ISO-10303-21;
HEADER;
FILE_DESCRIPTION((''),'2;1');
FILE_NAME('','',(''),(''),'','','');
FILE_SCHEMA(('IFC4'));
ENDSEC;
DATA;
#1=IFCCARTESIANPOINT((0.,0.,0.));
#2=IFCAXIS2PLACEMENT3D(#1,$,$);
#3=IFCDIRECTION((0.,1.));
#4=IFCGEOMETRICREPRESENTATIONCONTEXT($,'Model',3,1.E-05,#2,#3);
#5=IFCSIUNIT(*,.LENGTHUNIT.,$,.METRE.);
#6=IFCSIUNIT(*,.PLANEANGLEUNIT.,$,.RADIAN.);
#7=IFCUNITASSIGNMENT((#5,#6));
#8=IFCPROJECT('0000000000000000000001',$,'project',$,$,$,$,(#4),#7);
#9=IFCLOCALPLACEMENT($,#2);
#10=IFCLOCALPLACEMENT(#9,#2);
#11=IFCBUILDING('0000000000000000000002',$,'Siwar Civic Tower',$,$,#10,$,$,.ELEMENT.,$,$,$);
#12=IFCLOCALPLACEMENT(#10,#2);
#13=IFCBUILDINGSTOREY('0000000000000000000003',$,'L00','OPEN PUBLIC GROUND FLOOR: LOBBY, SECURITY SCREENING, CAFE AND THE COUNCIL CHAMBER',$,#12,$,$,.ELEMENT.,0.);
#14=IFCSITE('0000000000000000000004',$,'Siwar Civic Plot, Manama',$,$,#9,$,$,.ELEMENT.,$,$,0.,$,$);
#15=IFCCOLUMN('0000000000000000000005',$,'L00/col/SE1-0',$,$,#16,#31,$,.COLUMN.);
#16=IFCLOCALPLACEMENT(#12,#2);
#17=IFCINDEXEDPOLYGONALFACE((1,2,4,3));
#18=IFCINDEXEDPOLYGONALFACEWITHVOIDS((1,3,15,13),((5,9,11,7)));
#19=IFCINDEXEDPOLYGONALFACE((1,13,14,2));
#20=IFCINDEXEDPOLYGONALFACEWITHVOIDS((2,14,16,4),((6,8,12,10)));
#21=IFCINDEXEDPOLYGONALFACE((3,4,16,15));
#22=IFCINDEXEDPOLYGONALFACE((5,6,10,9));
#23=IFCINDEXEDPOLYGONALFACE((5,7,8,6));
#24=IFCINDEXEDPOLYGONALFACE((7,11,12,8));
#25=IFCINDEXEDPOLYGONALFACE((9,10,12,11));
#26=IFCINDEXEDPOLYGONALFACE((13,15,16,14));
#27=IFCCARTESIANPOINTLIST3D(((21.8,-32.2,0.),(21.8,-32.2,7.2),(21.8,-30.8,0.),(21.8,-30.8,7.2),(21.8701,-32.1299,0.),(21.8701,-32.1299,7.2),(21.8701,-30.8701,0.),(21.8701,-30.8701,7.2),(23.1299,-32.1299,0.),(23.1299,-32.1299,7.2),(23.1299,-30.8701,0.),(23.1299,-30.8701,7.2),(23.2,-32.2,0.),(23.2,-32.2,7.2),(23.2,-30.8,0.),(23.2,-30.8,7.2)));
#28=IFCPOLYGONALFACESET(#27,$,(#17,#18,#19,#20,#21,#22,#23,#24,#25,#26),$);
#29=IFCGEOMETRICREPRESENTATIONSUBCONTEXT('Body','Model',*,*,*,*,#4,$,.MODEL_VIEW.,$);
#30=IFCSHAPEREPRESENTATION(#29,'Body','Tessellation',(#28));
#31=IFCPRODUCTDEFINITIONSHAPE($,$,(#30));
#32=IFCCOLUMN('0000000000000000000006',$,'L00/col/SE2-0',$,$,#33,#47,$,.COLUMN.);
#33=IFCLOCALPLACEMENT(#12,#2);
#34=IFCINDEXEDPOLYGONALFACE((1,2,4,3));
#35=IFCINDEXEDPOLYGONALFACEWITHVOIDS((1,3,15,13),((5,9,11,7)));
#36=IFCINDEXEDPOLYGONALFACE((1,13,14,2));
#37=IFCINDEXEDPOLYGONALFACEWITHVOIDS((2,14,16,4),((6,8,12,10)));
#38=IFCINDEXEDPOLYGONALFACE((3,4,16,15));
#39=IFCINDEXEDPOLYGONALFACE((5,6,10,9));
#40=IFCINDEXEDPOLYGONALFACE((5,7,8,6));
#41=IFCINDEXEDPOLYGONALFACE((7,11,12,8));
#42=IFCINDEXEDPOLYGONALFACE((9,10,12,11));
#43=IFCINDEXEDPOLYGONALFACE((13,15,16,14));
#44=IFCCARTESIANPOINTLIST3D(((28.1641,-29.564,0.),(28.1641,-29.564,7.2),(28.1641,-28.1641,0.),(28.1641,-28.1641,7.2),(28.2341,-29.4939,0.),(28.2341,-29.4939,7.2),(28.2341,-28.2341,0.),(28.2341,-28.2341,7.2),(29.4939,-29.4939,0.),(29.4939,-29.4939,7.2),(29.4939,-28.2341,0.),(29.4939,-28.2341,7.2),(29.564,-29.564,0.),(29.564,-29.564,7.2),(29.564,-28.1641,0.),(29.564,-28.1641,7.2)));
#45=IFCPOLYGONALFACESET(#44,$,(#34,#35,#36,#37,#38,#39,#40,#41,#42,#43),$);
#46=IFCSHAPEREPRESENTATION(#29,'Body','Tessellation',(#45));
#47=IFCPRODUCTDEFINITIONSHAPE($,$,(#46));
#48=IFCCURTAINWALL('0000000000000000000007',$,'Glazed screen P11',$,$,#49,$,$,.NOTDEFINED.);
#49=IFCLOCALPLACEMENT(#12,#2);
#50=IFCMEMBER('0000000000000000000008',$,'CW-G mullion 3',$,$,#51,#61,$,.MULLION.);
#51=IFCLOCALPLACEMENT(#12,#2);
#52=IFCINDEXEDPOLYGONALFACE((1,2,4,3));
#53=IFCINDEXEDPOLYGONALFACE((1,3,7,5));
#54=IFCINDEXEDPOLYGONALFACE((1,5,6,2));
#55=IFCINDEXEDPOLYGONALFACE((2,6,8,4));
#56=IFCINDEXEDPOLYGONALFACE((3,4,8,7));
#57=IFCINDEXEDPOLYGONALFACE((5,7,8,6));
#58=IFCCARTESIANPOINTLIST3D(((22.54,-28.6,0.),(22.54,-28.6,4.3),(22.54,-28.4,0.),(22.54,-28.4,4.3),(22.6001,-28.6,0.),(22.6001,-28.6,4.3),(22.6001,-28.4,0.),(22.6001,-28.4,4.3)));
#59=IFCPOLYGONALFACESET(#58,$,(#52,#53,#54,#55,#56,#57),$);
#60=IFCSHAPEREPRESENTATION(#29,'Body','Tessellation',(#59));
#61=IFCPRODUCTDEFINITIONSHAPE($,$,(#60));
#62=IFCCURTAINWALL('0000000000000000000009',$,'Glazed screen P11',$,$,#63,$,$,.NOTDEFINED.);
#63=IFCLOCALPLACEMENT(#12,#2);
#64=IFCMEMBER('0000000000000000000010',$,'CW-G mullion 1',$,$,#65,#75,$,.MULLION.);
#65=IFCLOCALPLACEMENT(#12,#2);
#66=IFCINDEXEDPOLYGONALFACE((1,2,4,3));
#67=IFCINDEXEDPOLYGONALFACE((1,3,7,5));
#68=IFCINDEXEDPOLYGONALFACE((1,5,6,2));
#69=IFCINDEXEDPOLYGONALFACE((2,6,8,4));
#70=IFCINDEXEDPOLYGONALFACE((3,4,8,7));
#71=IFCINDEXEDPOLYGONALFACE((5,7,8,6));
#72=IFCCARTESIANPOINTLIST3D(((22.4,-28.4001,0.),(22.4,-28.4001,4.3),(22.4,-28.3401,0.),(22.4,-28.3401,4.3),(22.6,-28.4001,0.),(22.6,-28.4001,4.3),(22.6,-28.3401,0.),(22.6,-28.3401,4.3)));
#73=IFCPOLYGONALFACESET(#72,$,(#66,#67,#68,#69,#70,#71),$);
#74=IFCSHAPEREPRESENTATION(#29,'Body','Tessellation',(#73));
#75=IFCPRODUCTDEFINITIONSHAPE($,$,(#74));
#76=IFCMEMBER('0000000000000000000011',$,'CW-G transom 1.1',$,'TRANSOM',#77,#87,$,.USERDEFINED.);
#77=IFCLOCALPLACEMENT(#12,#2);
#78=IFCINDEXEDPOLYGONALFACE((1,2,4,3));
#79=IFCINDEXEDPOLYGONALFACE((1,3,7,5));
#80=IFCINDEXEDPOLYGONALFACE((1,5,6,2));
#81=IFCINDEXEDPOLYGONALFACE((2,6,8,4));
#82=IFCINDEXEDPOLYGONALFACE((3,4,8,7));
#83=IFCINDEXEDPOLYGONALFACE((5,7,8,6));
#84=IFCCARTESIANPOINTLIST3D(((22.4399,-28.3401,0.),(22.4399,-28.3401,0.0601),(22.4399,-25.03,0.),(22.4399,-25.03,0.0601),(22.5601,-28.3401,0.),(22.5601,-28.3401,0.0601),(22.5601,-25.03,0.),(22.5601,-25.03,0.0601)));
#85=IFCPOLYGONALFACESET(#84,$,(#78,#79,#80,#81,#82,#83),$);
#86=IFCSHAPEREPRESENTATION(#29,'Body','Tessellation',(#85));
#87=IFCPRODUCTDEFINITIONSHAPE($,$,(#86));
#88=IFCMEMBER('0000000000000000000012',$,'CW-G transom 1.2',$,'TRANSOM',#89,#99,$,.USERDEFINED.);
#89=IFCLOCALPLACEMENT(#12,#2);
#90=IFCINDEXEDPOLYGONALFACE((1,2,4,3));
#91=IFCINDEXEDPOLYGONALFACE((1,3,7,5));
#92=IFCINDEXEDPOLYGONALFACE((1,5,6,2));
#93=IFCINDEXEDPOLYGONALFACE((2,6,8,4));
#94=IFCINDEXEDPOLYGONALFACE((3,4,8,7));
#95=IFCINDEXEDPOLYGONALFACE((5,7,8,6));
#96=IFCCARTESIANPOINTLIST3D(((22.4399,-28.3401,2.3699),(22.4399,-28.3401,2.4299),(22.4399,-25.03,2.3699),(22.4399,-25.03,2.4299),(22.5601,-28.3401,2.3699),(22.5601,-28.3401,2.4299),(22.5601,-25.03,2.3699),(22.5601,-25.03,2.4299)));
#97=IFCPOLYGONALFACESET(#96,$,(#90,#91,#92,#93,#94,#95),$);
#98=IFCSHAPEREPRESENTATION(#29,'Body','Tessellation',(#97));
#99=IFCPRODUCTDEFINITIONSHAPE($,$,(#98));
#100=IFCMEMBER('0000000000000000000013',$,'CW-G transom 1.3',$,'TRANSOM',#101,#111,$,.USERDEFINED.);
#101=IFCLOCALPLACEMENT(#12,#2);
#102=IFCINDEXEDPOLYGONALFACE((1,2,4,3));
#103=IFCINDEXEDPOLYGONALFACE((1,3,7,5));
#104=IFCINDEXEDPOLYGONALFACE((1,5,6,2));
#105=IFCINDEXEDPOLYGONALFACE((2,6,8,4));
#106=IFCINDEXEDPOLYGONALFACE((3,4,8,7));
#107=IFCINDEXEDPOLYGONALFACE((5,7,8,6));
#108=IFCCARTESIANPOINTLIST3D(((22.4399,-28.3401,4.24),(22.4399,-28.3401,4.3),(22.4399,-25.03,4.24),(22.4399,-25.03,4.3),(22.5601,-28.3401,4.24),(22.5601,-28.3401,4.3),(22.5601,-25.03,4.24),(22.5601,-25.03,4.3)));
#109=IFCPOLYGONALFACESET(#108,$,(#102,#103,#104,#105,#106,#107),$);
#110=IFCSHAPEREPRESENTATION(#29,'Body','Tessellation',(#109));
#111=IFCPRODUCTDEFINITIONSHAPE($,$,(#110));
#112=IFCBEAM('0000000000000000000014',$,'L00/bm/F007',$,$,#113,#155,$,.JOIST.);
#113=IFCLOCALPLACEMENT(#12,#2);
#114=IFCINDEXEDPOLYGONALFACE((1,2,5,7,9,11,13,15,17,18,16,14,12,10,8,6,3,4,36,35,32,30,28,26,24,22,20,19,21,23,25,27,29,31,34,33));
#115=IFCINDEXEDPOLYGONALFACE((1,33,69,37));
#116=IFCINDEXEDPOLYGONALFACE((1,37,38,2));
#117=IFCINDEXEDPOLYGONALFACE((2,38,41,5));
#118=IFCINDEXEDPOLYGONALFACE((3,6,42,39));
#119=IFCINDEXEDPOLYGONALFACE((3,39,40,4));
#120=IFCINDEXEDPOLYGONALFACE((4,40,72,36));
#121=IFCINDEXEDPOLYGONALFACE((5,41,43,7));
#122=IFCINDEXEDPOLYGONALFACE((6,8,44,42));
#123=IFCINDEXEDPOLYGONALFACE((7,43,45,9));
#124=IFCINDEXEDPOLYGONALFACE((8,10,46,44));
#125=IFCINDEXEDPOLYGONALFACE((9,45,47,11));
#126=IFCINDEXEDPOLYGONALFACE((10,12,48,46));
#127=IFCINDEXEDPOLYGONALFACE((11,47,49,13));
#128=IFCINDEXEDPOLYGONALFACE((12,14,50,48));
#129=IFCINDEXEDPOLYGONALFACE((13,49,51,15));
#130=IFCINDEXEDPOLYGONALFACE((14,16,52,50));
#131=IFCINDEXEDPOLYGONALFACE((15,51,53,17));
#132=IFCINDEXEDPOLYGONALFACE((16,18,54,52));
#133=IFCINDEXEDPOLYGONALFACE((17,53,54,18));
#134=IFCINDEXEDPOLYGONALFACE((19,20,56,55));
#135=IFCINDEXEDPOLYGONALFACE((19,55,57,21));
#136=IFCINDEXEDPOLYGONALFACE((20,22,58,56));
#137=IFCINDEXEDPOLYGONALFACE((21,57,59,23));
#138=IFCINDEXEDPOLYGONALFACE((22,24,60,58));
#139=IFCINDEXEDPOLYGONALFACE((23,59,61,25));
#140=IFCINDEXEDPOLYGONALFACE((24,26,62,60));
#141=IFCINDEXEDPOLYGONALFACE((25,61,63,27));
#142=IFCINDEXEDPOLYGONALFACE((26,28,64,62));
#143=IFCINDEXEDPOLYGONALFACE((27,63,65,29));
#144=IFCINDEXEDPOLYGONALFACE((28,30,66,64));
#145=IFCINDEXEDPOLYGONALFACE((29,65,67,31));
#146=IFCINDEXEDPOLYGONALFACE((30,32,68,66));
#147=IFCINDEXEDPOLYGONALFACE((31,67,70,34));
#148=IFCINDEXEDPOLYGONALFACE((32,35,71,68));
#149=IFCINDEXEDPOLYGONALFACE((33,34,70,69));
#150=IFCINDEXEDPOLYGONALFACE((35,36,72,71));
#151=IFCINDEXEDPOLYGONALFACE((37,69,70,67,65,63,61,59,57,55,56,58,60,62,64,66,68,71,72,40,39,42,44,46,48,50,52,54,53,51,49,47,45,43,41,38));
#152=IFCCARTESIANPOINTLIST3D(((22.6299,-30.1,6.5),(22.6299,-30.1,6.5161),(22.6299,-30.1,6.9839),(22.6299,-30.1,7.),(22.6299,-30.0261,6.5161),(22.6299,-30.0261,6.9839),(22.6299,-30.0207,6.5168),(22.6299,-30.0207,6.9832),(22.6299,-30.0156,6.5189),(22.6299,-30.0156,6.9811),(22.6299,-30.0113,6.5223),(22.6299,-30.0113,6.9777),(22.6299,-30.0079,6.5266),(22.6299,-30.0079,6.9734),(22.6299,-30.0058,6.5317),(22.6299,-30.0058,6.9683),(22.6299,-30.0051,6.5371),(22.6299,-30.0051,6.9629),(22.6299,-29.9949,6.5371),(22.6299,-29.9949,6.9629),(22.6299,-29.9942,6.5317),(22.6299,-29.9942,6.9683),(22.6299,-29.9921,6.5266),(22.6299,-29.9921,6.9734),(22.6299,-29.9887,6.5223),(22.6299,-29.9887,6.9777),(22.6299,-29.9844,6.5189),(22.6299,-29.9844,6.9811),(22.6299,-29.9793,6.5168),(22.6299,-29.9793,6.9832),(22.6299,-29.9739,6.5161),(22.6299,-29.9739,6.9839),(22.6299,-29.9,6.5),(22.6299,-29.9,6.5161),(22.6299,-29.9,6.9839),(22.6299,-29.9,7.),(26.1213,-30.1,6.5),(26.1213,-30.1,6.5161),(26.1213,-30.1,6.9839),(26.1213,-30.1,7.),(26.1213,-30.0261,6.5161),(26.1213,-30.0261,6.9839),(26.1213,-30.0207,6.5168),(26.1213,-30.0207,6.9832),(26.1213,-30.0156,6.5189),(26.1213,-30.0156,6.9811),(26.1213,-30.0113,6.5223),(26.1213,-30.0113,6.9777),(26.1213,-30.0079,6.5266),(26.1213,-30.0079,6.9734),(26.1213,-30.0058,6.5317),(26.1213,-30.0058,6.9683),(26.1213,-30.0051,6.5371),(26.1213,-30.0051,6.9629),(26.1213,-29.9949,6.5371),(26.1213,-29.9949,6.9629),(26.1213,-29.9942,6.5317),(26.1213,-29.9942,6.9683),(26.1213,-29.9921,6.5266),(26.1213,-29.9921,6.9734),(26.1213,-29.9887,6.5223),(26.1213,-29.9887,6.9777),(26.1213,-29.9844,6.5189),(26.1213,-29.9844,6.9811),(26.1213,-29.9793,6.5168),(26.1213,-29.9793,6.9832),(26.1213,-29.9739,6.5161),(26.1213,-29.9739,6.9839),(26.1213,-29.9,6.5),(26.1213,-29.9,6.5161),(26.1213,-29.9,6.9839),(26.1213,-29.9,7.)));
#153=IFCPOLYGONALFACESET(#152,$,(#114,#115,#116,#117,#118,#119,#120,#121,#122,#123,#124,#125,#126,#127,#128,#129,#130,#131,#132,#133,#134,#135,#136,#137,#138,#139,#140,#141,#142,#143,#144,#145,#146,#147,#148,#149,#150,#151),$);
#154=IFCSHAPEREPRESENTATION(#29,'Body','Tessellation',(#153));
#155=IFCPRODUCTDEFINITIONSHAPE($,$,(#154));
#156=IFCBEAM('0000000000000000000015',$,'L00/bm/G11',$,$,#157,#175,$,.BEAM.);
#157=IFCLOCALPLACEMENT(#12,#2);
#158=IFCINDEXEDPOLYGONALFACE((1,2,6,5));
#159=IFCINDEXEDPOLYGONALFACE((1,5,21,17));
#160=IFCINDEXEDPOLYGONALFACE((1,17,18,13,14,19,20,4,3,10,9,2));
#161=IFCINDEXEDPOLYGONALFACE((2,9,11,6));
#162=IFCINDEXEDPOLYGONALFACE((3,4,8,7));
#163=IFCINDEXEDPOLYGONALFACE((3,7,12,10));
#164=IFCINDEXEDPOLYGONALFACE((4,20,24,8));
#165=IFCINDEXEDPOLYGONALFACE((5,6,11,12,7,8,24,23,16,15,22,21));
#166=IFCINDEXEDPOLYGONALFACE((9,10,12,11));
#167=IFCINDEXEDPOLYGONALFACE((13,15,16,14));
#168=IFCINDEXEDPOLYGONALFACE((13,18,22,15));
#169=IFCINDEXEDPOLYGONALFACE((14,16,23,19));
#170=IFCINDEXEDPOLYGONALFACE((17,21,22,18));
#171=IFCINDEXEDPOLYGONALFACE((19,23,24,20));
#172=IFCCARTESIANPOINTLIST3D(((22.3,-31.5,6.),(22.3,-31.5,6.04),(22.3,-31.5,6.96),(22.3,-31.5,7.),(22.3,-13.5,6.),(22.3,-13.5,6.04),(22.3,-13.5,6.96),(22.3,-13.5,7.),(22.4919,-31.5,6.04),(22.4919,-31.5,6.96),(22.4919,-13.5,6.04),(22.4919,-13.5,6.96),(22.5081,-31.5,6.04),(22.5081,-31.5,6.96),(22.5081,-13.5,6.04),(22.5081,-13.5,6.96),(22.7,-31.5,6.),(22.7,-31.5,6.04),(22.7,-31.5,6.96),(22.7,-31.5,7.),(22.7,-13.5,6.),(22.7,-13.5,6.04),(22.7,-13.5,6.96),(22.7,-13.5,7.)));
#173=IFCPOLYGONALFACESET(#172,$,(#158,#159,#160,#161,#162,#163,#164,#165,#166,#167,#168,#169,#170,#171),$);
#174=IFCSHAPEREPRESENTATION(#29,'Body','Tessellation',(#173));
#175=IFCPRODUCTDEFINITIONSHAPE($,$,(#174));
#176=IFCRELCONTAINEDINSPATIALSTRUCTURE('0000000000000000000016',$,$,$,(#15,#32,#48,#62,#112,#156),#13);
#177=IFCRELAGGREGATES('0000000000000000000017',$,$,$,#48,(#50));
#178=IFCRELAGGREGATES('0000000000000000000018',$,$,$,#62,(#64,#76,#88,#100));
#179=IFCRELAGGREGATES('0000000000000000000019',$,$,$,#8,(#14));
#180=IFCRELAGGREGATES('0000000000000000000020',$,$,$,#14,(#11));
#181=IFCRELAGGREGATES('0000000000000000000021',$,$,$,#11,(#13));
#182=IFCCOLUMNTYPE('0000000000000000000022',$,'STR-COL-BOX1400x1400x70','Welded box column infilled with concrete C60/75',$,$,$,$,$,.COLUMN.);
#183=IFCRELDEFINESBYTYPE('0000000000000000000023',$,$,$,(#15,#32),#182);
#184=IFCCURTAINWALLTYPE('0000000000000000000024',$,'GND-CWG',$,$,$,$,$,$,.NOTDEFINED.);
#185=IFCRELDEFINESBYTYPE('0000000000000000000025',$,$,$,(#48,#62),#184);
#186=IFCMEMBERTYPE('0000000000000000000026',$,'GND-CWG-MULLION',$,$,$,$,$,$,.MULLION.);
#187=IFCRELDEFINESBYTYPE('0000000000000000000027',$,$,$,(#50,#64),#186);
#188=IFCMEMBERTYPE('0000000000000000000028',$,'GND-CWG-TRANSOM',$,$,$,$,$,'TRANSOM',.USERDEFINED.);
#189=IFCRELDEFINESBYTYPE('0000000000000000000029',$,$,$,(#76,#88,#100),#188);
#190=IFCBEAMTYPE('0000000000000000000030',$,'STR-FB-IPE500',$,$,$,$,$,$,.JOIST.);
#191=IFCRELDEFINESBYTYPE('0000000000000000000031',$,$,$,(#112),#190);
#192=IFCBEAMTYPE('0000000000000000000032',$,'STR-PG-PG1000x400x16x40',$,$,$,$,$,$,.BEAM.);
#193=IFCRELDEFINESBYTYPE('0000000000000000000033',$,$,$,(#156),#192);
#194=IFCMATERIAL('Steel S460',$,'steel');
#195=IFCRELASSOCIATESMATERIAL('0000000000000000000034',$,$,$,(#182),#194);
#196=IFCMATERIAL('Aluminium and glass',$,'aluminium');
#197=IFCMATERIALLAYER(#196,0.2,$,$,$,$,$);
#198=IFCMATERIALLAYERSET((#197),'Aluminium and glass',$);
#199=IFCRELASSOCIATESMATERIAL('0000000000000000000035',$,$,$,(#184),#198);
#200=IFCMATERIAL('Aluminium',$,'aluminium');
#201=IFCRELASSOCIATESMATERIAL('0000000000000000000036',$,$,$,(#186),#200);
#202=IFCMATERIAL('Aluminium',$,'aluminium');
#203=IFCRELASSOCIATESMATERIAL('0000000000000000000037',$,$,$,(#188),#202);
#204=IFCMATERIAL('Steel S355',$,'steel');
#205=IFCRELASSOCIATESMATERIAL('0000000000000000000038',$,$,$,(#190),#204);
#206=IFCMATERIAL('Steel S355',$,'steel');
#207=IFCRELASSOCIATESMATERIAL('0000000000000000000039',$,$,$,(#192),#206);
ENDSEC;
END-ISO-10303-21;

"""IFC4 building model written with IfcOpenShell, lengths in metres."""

from ifc_helpers import new_model, si_unit, direction, frame, origin, origin_2d, place, context, subcontext, project, spatial, rectangle, hollow_rectangle, i_section, extrude, material, layer, layer_set, material_profile, profile_set, type_object, element, aggregate, save


model = new_model("IFC4")

# Units and contexts
model_context = context("Model", 3, precision=1e-05, world=origin(), true_north=direction((0.0, 1.0)))
body_context = subcontext(model_context, "Body", "Model", "MODEL_VIEW")
ifc_project = project(units=[si_unit("LENGTHUNIT", "METRE"), si_unit("PLANEANGLEUNIT", "RADIAN")], contexts=[model_context])

# Site, building, storey
site_placement = place(None, origin())
site = spatial("IfcSite", under=ifc_project, at=site_placement, Name="Siwar Civic Plot, Manama", CompositionType="ELEMENT", RefElevation=0.0)
building_placement = place(site_placement, origin())
building = spatial("IfcBuilding", under=site, at=building_placement, Name="Siwar Civic Tower", CompositionType="ELEMENT")
storey_placement = place(building_placement, origin())
storey = spatial("IfcBuildingStorey", under=building, at=storey_placement, Name="L00", Description="OPEN PUBLIC GROUND FLOOR: LOBBY, SECURITY SCREENING, CAFE AND THE COUNCIL CHAMBER", CompositionType="ELEMENT", Elevation=0.0)

# Columns
ifc_material_1 = material(Name="Steel S460", Category="steel")
ifc_material_profile_1 = material_profile(ifc_material_1, hollow_rectangle(XDim=1.3999, YDim=1.3999, WallThickness=0.0701, at=origin_2d()), Name="BOX1400x1400x70")
ifc_profile_set_1 = profile_set([ifc_material_profile_1], Name="Steel S460")
column_type = type_object("IfcColumnType", Name="STR-COL-BOX1400x1400x70", Description="Welded box column infilled with concrete C60/75", PredefinedType="COLUMN", material=ifc_profile_set_1)
for number, where, z_axis, x_axis, name in (
    (1, (22.5, -31.5, 0.0), (0.0, 0.0, 1.0), (1.0, 0.0, 0.0), "L00/col/SE1-0"),
    (2, (28.864, -28.864, 0.0), (0.0, 0.0, 1.0), (1.0, 0.0, 0.0), "L00/col/SE2-0"),
):
    element("IfcColumn", number, at=place(storey_placement, frame(where, z_axis=z_axis, x_axis=x_axis)), inside=storey, type_object=column_type, Name=name, PredefinedType="COLUMN", context=body_context, shape_type="SweptSolid", body=[
        extrude(hollow_rectangle(XDim=1.3999, YDim=1.3999, WallThickness=0.0701, at=origin_2d()), origin(), (0.0, 0.0, 1.0), 7.2),
    ])

# Curtain wall, member
ifc_material_2 = material(Name="Aluminium and glass", Category="aluminium")
ifc_layer_1 = layer(ifc_material_2, 0.2)
ifc_layer_set_1 = layer_set([ifc_layer_1], Name="Aluminium and glass")
curtain_wall_type = type_object("IfcCurtainWallType", Name="GND-CWG", PredefinedType="NOTDEFINED", material=ifc_layer_set_1)
curtain_wall_1_placement = place(storey_placement, origin())
curtain_wall_1 = element("IfcCurtainWall", 3, at=curtain_wall_1_placement, inside=storey, type_object=curtain_wall_type, Name="Glazed screen P11", PredefinedType="NOTDEFINED")
ifc_material_3 = material(Name="Aluminium", Category="aluminium")
ifc_material_profile_2 = material_profile(ifc_material_3, rectangle(XDim=0.2, YDim=0.0601, at=origin_2d()), Name="AL 200x60")
ifc_profile_set_2 = profile_set([ifc_material_profile_2], Name="Aluminium")
member_type_1 = type_object("IfcMemberType", Name="GND-CWG-MULLION", PredefinedType="MULLION", material=ifc_profile_set_2)
member_1_placement = place(storey_placement, frame((22.5701, -28.5, 0.0), z_axis=(0.0, 0.0, 1.0), x_axis=(0.0, 1.0, 0.0)))
member_1 = element("IfcMember", 4, at=member_1_placement, type_object=member_type_1, Name="CW-G mullion 3", PredefinedType="MULLION", context=body_context, shape_type="SweptSolid", body=[
    extrude(rectangle(XDim=0.2, YDim=0.0601, at=origin_2d()), origin(), (0.0, 0.0, 1.0), 4.3),
])

# Curtain wall, members
curtain_wall_2_placement = place(storey_placement, origin())
curtain_wall_2 = element("IfcCurtainWall", 5, at=curtain_wall_2_placement, inside=storey, type_object=curtain_wall_type, Name="Glazed screen P11", PredefinedType="NOTDEFINED")
member_2_placement = place(storey_placement, frame((22.5, -28.3701, 0.0), z_axis=(0.0, 0.0, 1.0), x_axis=(-1.0, 0.0, 0.0)))
member_2 = element("IfcMember", 6, at=member_2_placement, type_object=member_type_1, Name="CW-G mullion 1", PredefinedType="MULLION", context=body_context, shape_type="SweptSolid", body=[
    extrude(rectangle(XDim=0.2, YDim=0.0601, at=origin_2d()), origin(), (0.0, 0.0, 1.0), 4.3),
])
ifc_material_4 = material(Name="Aluminium", Category="aluminium")
ifc_material_profile_3 = material_profile(ifc_material_4, rectangle(XDim=0.1201, YDim=0.0601, at=origin_2d()), Name="AL 120x60")
ifc_profile_set_3 = profile_set([ifc_material_profile_3], Name="Aluminium")
member_type_2 = type_object("IfcMemberType", Name="GND-CWG-TRANSOM", ElementType="TRANSOM", PredefinedType="USERDEFINED", material=ifc_profile_set_3)
member_3_placement = place(storey_placement, frame((22.5, -28.3401, 0.03), z_axis=(0.0, 1.0, 0.0), x_axis=(-1.0, 0.0, 0.0)))
member_3 = element("IfcMember", 7, at=member_3_placement, type_object=member_type_2, Name="CW-G transom 1.1", ObjectType="TRANSOM", PredefinedType="USERDEFINED", context=body_context, shape_type="SweptSolid", body=[
    extrude(rectangle(XDim=0.1201, YDim=0.0601, at=origin_2d()), origin(), (0.0, 0.0, 1.0), 3.3101),
])
member_4_placement = place(storey_placement, frame((22.5, -28.3401, 2.3999), z_axis=(0.0, 1.0, 0.0), x_axis=(-1.0, 0.0, 0.0)))
member_4 = element("IfcMember", 8, at=member_4_placement, type_object=member_type_2, Name="CW-G transom 1.2", ObjectType="TRANSOM", PredefinedType="USERDEFINED", context=body_context, shape_type="SweptSolid", body=[
    extrude(rectangle(XDim=0.1201, YDim=0.0601, at=origin_2d()), origin(), (0.0, 0.0, 1.0), 3.3101),
])
member_5_placement = place(storey_placement, frame((22.5, -28.3401, 4.27), z_axis=(0.0, 1.0, 0.0), x_axis=(-1.0, 0.0, 0.0)))
member_5 = element("IfcMember", 9, at=member_5_placement, type_object=member_type_2, Name="CW-G transom 1.3", ObjectType="TRANSOM", PredefinedType="USERDEFINED", context=body_context, shape_type="SweptSolid", body=[
    extrude(rectangle(XDim=0.1201, YDim=0.0601, at=origin_2d()), origin(), (0.0, 0.0, 1.0), 3.3101),
])

# Beams
ifc_material_5 = material(Name="Steel S355", Category="steel")
ifc_material_profile_4 = material_profile(ifc_material_5, i_section(OverallWidth=0.2, OverallDepth=0.5, WebThickness=0.0103, FlangeThickness=0.0161, FilletRadius=0.021, at=origin_2d()), Name="IPE500")
ifc_profile_set_4 = profile_set([ifc_material_profile_4], Name="Steel S355")
beam_type_1 = type_object("IfcBeamType", Name="STR-FB-IPE500", PredefinedType="JOIST", material=ifc_profile_set_4)
beam_1_placement = place(storey_placement, frame((22.6299, -30.0, 6.75), z_axis=(1.0, 0.0, 0.0), x_axis=(0.0, 1.0, 0.0)))
element("IfcBeam", 10, at=beam_1_placement, inside=storey, type_object=beam_type_1, Name="L00/bm/F007", PredefinedType="JOIST", context=body_context, shape_type="SweptSolid", body=[
    extrude(i_section(OverallWidth=0.2, OverallDepth=0.5, WebThickness=0.0103, FlangeThickness=0.0161, FilletRadius=0.021, at=origin_2d()), origin(), (0.0, 0.0, 1.0), 3.4915),
])
ifc_material_6 = material(Name="Steel S355", Category="steel")
ifc_material_profile_5 = material_profile(ifc_material_6, i_section(OverallWidth=0.3999, OverallDepth=1.0, WebThickness=0.0161, FlangeThickness=0.04, at=origin_2d()), Name="PG1000x400x16x40")
ifc_profile_set_5 = profile_set([ifc_material_profile_5], Name="Steel S355")
beam_type_2 = type_object("IfcBeamType", Name="STR-PG-PG1000x400x16x40", PredefinedType="BEAM", material=ifc_profile_set_5)
beam_2_placement = place(storey_placement, frame((22.5, -31.5, 6.5), z_axis=(0.0, 1.0, 0.0), x_axis=(-1.0, 0.0, 0.0)))
element("IfcBeam", 11, at=beam_2_placement, inside=storey, type_object=beam_type_2, Name="L00/bm/G11", PredefinedType="BEAM", context=body_context, shape_type="SweptSolid", body=[
    extrude(i_section(OverallWidth=0.3999, OverallDepth=1.0, WebThickness=0.0161, FlangeThickness=0.04, at=origin_2d()), origin(), (0.0, 0.0, 1.0), 18.0),
])

aggregate(curtain_wall_1, [member_1])
aggregate(curtain_wall_2, [member_2, member_3, member_4, member_5])

save(model, "model.ifc")
